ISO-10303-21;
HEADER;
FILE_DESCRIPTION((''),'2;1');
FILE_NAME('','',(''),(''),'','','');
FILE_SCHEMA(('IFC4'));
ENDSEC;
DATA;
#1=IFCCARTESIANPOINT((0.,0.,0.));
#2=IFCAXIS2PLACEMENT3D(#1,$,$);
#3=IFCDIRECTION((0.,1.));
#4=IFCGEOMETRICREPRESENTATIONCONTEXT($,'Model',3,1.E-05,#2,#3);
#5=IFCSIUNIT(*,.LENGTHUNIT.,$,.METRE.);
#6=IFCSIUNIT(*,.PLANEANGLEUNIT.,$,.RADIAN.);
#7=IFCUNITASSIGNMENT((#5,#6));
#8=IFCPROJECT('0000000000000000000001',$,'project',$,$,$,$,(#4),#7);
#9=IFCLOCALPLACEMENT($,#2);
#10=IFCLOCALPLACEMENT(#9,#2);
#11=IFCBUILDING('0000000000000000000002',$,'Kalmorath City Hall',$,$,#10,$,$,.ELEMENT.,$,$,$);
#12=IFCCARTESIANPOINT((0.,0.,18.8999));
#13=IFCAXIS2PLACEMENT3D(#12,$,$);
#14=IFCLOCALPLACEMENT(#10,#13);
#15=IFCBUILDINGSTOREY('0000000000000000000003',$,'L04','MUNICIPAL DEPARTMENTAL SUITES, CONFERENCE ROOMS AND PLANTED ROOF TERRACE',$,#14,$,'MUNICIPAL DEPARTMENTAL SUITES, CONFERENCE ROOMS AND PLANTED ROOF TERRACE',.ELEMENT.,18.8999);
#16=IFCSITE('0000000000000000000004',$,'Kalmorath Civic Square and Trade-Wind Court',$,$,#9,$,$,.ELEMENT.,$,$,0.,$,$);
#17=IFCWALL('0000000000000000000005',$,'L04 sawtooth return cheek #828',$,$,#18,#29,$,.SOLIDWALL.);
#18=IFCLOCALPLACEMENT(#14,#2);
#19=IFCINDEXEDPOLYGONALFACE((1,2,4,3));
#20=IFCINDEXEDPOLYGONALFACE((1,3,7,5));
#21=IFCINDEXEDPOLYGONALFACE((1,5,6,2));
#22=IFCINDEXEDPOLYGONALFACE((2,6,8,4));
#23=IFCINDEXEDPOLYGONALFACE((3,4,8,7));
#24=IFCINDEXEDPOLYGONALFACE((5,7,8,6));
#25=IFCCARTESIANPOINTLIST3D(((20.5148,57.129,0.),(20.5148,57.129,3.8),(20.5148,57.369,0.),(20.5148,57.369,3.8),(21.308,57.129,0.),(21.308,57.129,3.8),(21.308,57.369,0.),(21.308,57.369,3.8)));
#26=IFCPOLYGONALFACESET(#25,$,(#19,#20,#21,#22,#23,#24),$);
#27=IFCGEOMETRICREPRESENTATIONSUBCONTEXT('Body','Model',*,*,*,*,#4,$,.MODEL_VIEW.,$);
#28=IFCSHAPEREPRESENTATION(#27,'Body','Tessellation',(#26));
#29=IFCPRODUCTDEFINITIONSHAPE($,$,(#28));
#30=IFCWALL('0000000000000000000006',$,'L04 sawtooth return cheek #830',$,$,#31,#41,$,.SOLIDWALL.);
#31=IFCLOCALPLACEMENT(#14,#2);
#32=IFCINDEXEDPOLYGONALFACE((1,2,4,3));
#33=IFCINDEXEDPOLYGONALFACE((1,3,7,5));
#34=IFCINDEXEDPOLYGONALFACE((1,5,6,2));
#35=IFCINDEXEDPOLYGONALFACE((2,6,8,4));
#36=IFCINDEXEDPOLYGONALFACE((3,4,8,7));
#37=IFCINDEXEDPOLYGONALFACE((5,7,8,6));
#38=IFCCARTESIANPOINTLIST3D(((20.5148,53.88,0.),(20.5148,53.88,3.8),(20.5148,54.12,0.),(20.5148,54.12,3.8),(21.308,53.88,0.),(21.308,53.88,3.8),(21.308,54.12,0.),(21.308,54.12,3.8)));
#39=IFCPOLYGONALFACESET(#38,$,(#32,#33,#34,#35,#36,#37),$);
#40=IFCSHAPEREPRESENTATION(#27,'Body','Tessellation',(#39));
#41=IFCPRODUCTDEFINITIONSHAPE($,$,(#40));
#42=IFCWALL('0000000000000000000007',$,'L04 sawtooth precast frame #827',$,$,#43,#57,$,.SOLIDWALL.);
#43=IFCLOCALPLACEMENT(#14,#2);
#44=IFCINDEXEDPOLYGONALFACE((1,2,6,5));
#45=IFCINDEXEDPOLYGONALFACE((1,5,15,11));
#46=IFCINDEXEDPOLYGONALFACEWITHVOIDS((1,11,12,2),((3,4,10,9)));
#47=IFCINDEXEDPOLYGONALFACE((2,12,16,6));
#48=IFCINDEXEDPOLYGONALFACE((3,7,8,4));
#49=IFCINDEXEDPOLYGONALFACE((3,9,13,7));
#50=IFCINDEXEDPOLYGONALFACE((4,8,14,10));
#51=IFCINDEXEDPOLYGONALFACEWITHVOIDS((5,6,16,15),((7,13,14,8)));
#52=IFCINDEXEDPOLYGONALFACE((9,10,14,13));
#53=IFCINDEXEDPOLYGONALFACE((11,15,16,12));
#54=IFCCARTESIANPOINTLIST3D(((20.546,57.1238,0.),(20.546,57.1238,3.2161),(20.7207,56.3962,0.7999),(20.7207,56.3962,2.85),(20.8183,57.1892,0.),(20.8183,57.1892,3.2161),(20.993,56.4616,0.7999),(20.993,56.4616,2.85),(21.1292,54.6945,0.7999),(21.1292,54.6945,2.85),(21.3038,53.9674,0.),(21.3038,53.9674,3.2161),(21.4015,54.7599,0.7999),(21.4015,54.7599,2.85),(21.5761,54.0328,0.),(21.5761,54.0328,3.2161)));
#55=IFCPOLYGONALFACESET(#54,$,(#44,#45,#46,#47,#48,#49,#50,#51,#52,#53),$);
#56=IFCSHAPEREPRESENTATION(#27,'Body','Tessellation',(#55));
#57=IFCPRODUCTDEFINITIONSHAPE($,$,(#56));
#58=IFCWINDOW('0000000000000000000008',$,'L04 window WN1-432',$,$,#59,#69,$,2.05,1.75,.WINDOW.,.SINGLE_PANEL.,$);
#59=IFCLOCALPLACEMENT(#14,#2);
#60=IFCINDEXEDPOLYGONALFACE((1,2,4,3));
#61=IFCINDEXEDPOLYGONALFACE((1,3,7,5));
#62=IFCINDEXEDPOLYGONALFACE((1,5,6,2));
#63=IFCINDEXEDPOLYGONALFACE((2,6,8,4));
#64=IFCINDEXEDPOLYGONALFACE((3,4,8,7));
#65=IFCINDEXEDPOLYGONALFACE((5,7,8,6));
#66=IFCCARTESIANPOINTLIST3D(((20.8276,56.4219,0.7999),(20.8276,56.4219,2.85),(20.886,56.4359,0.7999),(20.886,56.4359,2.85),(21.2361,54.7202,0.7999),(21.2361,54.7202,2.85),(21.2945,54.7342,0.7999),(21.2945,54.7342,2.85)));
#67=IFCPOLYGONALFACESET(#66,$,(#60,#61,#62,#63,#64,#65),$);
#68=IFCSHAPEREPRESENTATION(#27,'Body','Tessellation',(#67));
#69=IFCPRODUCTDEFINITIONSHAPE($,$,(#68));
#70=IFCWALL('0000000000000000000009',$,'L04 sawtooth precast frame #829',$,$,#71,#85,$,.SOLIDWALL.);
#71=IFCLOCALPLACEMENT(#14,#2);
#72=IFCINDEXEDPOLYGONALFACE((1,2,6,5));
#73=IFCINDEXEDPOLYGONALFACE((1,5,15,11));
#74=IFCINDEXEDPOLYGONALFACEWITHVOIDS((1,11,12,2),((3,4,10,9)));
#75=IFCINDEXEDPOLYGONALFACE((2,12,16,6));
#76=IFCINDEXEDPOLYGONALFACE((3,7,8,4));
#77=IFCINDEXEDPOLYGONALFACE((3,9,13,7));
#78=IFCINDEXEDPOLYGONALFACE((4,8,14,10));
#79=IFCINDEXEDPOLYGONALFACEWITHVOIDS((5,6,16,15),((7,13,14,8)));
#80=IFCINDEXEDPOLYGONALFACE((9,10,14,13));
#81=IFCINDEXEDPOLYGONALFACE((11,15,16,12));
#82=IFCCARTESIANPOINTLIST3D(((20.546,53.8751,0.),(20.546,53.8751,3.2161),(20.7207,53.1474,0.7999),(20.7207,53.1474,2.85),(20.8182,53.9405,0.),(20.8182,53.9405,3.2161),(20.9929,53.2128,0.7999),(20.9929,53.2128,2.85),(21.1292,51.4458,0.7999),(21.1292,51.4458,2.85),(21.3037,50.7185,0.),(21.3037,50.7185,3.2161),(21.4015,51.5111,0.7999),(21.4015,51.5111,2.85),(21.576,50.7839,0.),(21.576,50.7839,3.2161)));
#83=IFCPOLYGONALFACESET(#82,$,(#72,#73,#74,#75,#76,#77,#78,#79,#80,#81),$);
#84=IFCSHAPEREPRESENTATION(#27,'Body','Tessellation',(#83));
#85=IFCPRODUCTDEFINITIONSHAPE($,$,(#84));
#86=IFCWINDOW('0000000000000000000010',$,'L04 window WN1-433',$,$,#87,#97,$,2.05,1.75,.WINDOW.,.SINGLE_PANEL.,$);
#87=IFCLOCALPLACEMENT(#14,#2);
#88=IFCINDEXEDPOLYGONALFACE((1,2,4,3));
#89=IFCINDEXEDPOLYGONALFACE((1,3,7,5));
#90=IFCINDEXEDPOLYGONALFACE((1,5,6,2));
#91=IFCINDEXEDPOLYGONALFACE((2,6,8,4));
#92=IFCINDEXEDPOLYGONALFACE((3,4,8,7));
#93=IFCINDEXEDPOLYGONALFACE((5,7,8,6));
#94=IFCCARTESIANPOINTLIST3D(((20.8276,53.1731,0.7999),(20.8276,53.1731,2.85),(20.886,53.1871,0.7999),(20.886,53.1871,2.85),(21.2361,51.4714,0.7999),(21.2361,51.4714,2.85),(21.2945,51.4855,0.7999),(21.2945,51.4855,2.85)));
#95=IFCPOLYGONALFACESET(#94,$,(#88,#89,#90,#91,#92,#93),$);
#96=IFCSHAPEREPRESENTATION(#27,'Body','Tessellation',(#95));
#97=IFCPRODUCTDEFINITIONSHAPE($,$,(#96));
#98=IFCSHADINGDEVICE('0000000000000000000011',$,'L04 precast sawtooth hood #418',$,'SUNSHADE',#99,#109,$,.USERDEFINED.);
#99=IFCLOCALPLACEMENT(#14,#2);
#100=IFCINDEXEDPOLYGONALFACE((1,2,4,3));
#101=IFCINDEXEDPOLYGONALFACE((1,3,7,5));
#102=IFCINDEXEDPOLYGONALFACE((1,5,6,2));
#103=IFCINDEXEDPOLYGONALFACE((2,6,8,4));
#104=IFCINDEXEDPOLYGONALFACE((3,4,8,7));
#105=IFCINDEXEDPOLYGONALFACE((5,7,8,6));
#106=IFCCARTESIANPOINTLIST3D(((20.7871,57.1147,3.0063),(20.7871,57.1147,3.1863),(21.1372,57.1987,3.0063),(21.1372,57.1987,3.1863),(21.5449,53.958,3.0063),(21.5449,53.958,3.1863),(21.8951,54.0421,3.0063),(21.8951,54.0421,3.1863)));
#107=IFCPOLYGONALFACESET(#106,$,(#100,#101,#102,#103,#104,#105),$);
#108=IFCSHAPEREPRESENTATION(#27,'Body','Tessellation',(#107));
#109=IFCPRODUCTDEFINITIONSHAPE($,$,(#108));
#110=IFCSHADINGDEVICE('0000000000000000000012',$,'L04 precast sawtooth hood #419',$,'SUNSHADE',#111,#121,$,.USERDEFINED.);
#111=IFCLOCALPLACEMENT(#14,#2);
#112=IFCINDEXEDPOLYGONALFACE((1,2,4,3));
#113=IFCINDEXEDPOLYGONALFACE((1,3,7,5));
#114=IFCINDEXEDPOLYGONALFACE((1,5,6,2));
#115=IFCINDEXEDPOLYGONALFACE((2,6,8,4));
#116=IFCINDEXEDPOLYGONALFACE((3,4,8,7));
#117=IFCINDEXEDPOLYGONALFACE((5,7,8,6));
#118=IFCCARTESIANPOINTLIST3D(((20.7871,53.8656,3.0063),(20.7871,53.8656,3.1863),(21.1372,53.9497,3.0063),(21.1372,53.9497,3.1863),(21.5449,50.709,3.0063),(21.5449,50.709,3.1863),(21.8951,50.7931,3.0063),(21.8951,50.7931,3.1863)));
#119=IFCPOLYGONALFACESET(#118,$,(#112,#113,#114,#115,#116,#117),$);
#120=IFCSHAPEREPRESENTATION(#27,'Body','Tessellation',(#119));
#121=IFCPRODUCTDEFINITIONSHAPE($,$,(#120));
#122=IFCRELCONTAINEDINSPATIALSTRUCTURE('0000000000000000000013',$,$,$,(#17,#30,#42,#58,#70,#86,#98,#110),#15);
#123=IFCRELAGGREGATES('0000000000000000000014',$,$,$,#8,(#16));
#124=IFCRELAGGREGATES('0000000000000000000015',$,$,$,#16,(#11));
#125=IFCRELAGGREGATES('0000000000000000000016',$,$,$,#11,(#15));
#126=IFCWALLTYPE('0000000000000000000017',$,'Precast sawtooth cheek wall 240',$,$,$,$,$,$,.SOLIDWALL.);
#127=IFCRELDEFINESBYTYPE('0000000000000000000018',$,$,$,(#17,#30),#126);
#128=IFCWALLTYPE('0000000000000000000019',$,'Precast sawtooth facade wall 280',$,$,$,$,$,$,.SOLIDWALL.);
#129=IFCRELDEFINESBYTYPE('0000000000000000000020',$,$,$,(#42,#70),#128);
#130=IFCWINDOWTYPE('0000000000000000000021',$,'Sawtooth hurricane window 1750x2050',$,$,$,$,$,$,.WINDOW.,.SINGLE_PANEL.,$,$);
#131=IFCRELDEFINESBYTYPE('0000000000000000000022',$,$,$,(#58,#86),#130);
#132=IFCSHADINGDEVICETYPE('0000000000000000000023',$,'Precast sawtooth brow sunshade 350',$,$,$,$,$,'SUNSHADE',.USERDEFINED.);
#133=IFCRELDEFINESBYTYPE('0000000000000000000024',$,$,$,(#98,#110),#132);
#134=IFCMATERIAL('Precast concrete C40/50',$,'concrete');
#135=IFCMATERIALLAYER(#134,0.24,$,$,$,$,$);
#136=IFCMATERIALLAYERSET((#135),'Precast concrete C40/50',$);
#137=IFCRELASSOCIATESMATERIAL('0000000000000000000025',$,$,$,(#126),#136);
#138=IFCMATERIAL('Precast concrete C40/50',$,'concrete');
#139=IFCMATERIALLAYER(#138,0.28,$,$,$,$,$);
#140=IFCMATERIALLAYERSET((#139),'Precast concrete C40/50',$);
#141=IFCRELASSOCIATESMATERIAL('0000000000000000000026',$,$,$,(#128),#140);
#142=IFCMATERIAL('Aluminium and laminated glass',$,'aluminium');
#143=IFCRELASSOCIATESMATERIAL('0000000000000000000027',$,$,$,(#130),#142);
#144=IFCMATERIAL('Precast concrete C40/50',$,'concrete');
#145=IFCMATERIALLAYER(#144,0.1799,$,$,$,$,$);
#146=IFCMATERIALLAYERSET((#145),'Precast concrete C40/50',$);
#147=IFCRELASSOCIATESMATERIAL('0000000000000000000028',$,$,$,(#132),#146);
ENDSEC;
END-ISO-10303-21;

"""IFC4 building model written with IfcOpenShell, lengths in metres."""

from ifc_helpers import new_model, si_unit, direction, frame, frame_2d, origin, origin_2d, place, context, subcontext, project, spatial, rectangle, extrude, material, layer, layer_set, type_object, element, fill, save


model = new_model("IFC4")

# Units and contexts
model_context = context("Model", 3, precision=1e-05, world=origin(), true_north=direction((0.0, 1.0)))
body_context = subcontext(model_context, "Body", "Model", "MODEL_VIEW")
ifc_project = project(units=[si_unit("LENGTHUNIT", "METRE"), si_unit("PLANEANGLEUNIT", "RADIAN")], contexts=[model_context])

# Site, building, storey
site_placement = place(None, origin())
site = spatial("IfcSite", under=ifc_project, at=site_placement, Name="Kalmorath Civic Square and Trade-Wind Court", CompositionType="ELEMENT", RefElevation=0.0)
building_placement = place(site_placement, origin())
building = spatial("IfcBuilding", under=site, at=building_placement, Name="Kalmorath City Hall", CompositionType="ELEMENT")
storey_placement = place(building_placement, frame((0.0, 0.0, 18.8999)))
storey = spatial("IfcBuildingStorey", under=building, at=storey_placement, Name="L04", Description="MUNICIPAL DEPARTMENTAL SUITES, CONFERENCE ROOMS AND PLANTED ROOF TERRACE", LongName="MUNICIPAL DEPARTMENTAL SUITES, CONFERENCE ROOMS AND PLANTED ROOF TERRACE", CompositionType="ELEMENT", Elevation=18.8999)

# Walls
ifc_material_1 = material(Name="Precast concrete C40/50", Category="concrete")
ifc_layer_1 = layer(ifc_material_1, 0.24)
ifc_layer_set_1 = layer_set([ifc_layer_1], Name="Precast concrete C40/50")
wall_type_1 = type_object("IfcWallType", Name="Precast sawtooth cheek wall 240", PredefinedType="SOLIDWALL", material=ifc_layer_set_1)
for number, where, z_axis, x_axis, name in (
    (1, (20.5149, 57.249, 0.0), (0.0, 0.0, 1.0), (1.0, 0.0, 0.0), "L04 sawtooth return cheek #828"),
    (2, (20.5149, 54.0, 0.0), (0.0, 0.0, 1.0), (1.0, 0.0, 0.0), "L04 sawtooth return cheek #830"),
):
    element("IfcWall", number, at=place(storey_placement, frame(where, z_axis=z_axis, x_axis=x_axis)), inside=storey, type_object=wall_type_1, Name=name, PredefinedType="SOLIDWALL", context=body_context, shape_type="SweptSolid", body=[
        extrude(rectangle(XDim=0.7932, YDim=0.24, at=frame_2d((0.3965, 0.0))), origin(), (0.0, 0.0, 1.0), 3.8),
    ])

# Walls, openings, windows
ifc_material_2 = material(Name="Precast concrete C40/50", Category="concrete")
ifc_layer_2 = layer(ifc_material_2, 0.28)
ifc_layer_set_2 = layer_set([ifc_layer_2], Name="Precast concrete C40/50")
wall_type_2 = type_object("IfcWallType", Name="Precast sawtooth facade wall 280", PredefinedType="SOLIDWALL", material=ifc_layer_set_2)
wall_1_placement = place(storey_placement, frame((20.6821, 57.1565, 0.0), z_axis=(0.0, 0.0, 1.0), x_axis=(0.233447, -0.97237, 0.0)))
wall_1 = element("IfcWall", 3, at=wall_1_placement, inside=storey, type_object=wall_type_2, Name="L04 sawtooth precast frame #827", PredefinedType="SOLIDWALL", context=body_context, shape_type="SweptSolid", body=[
    extrude(rectangle(XDim=3.2461, YDim=0.28, at=frame_2d((1.623, 0.0))), origin(), (0.0, 0.0, 1.0), 3.2161),
])
opening_1_placement = place(wall_1_placement, frame((0.7483, 0.0, 0.8)))
opening_1 = element("IfcOpeningElement", 4, at=opening_1_placement, cuts=wall_1, PredefinedType="OPENING", context=body_context, shape_type="SweptSolid", body=[
    extrude(rectangle(XDim=1.75, YDim=2.05, at=frame_2d((0.875, 1.0249))), frame((0.0, 0.1499, 0.0), z_axis=(0.0, -1.0, 0.0), x_axis=(1.0, 0.0, 0.0)), (0.0, 0.0, 1.0), 0.3),
])
ifc_material_3 = material(Name="Aluminium and laminated glass", Category="aluminium")
window_type = type_object("IfcWindowType", Name="Sawtooth hurricane window 1750x2050", PartitioningType="SINGLE_PANEL", PredefinedType="WINDOW", material=ifc_material_3)
window_1_placement = place(opening_1_placement, origin())
window_1 = element("IfcWindow", 5, at=window_1_placement, inside=storey, type_object=window_type, Name="L04 window WN1-432", OverallHeight=2.05, OverallWidth=1.75, PartitioningType="SINGLE_PANEL", PredefinedType="WINDOW", context=body_context, shape_type="SweptSolid", body=[
    extrude(rectangle(XDim=1.75, YDim=2.05, at=frame_2d((0.875, 1.0249))), frame((0.0, 0.03, 0.0), z_axis=(0.0, -1.0, 0.0), x_axis=(1.0, 0.0, 0.0)), (0.0, 0.0, 1.0), 0.0601),
])
fill(opening_1, window_1)
wall_2_placement = place(storey_placement, frame((20.6821, 53.9077, 0.0), z_axis=(0.0, 0.0, 1.0), x_axis=(0.23343, -0.972374, 0.0)))
wall_2 = element("IfcWall", 6, at=wall_2_placement, inside=storey, type_object=wall_type_2, Name="L04 sawtooth precast frame #829", PredefinedType="SOLIDWALL", context=body_context, shape_type="SweptSolid", body=[
    extrude(rectangle(XDim=3.2463, YDim=0.28, at=frame_2d((1.623, 0.0))), origin(), (0.0, 0.0, 1.0), 3.2161),
])
opening_2_placement = place(wall_2_placement, frame((0.7483, 0.0, 0.8)))
opening_2 = element("IfcOpeningElement", 7, at=opening_2_placement, cuts=wall_2, PredefinedType="OPENING", context=body_context, shape_type="SweptSolid", body=[
    extrude(rectangle(XDim=1.75, YDim=2.05, at=frame_2d((0.875, 1.0249))), frame((0.0, 0.1499, 0.0), z_axis=(0.0, -1.0, 0.0), x_axis=(1.0, 0.0, 0.0)), (0.0, 0.0, 1.0), 0.3),
])
window_2_placement = place(opening_2_placement, origin())
window_2 = element("IfcWindow", 8, at=window_2_placement, inside=storey, type_object=window_type, Name="L04 window WN1-433", OverallHeight=2.05, OverallWidth=1.75, PartitioningType="SINGLE_PANEL", PredefinedType="WINDOW", context=body_context, shape_type="SweptSolid", body=[
    extrude(rectangle(XDim=1.75, YDim=2.05, at=frame_2d((0.875, 1.0249))), frame((0.0, 0.03, 0.0), z_axis=(0.0, -1.0, 0.0), x_axis=(1.0, 0.0, 0.0)), (0.0, 0.0, 1.0), 0.0601),
])
fill(opening_2, window_2)

# Shading devices
ifc_material_4 = material(Name="Precast concrete C40/50", Category="concrete")
ifc_layer_3 = layer(ifc_material_4, 0.1799)
ifc_layer_set_3 = layer_set([ifc_layer_3], Name="Precast concrete C40/50")
shading_device_type = type_object("IfcShadingDeviceType", Name="Precast sawtooth brow sunshade 350", ElementType="SUNSHADE", PredefinedType="USERDEFINED", material=ifc_layer_set_3)
for number, where, z_axis, x_axis, name in (
    (9, (21.3411, 55.5784, 3.0063), (0.0, 0.0, 1.0), (0.233445, -0.97237, 0.0), "L04 precast sawtooth hood #418"),
    (10, (21.3411, 52.3293, 3.0063), (0.0, 0.0, 1.0), (0.233445, -0.97237, 0.0), "L04 precast sawtooth hood #419"),
):
    element("IfcShadingDevice", number, at=place(storey_placement, frame(where, z_axis=z_axis, x_axis=x_axis)), inside=storey, type_object=shading_device_type, Name=name, ObjectType="SUNSHADE", PredefinedType="USERDEFINED", context=body_context, shape_type="SweptSolid", body=[
        extrude(rectangle(XDim=3.2463, YDim=0.3601, at=origin_2d()), origin(), (0.0, 0.0, 1.0), 0.1799),
    ])

save(model, "model.ifc")
